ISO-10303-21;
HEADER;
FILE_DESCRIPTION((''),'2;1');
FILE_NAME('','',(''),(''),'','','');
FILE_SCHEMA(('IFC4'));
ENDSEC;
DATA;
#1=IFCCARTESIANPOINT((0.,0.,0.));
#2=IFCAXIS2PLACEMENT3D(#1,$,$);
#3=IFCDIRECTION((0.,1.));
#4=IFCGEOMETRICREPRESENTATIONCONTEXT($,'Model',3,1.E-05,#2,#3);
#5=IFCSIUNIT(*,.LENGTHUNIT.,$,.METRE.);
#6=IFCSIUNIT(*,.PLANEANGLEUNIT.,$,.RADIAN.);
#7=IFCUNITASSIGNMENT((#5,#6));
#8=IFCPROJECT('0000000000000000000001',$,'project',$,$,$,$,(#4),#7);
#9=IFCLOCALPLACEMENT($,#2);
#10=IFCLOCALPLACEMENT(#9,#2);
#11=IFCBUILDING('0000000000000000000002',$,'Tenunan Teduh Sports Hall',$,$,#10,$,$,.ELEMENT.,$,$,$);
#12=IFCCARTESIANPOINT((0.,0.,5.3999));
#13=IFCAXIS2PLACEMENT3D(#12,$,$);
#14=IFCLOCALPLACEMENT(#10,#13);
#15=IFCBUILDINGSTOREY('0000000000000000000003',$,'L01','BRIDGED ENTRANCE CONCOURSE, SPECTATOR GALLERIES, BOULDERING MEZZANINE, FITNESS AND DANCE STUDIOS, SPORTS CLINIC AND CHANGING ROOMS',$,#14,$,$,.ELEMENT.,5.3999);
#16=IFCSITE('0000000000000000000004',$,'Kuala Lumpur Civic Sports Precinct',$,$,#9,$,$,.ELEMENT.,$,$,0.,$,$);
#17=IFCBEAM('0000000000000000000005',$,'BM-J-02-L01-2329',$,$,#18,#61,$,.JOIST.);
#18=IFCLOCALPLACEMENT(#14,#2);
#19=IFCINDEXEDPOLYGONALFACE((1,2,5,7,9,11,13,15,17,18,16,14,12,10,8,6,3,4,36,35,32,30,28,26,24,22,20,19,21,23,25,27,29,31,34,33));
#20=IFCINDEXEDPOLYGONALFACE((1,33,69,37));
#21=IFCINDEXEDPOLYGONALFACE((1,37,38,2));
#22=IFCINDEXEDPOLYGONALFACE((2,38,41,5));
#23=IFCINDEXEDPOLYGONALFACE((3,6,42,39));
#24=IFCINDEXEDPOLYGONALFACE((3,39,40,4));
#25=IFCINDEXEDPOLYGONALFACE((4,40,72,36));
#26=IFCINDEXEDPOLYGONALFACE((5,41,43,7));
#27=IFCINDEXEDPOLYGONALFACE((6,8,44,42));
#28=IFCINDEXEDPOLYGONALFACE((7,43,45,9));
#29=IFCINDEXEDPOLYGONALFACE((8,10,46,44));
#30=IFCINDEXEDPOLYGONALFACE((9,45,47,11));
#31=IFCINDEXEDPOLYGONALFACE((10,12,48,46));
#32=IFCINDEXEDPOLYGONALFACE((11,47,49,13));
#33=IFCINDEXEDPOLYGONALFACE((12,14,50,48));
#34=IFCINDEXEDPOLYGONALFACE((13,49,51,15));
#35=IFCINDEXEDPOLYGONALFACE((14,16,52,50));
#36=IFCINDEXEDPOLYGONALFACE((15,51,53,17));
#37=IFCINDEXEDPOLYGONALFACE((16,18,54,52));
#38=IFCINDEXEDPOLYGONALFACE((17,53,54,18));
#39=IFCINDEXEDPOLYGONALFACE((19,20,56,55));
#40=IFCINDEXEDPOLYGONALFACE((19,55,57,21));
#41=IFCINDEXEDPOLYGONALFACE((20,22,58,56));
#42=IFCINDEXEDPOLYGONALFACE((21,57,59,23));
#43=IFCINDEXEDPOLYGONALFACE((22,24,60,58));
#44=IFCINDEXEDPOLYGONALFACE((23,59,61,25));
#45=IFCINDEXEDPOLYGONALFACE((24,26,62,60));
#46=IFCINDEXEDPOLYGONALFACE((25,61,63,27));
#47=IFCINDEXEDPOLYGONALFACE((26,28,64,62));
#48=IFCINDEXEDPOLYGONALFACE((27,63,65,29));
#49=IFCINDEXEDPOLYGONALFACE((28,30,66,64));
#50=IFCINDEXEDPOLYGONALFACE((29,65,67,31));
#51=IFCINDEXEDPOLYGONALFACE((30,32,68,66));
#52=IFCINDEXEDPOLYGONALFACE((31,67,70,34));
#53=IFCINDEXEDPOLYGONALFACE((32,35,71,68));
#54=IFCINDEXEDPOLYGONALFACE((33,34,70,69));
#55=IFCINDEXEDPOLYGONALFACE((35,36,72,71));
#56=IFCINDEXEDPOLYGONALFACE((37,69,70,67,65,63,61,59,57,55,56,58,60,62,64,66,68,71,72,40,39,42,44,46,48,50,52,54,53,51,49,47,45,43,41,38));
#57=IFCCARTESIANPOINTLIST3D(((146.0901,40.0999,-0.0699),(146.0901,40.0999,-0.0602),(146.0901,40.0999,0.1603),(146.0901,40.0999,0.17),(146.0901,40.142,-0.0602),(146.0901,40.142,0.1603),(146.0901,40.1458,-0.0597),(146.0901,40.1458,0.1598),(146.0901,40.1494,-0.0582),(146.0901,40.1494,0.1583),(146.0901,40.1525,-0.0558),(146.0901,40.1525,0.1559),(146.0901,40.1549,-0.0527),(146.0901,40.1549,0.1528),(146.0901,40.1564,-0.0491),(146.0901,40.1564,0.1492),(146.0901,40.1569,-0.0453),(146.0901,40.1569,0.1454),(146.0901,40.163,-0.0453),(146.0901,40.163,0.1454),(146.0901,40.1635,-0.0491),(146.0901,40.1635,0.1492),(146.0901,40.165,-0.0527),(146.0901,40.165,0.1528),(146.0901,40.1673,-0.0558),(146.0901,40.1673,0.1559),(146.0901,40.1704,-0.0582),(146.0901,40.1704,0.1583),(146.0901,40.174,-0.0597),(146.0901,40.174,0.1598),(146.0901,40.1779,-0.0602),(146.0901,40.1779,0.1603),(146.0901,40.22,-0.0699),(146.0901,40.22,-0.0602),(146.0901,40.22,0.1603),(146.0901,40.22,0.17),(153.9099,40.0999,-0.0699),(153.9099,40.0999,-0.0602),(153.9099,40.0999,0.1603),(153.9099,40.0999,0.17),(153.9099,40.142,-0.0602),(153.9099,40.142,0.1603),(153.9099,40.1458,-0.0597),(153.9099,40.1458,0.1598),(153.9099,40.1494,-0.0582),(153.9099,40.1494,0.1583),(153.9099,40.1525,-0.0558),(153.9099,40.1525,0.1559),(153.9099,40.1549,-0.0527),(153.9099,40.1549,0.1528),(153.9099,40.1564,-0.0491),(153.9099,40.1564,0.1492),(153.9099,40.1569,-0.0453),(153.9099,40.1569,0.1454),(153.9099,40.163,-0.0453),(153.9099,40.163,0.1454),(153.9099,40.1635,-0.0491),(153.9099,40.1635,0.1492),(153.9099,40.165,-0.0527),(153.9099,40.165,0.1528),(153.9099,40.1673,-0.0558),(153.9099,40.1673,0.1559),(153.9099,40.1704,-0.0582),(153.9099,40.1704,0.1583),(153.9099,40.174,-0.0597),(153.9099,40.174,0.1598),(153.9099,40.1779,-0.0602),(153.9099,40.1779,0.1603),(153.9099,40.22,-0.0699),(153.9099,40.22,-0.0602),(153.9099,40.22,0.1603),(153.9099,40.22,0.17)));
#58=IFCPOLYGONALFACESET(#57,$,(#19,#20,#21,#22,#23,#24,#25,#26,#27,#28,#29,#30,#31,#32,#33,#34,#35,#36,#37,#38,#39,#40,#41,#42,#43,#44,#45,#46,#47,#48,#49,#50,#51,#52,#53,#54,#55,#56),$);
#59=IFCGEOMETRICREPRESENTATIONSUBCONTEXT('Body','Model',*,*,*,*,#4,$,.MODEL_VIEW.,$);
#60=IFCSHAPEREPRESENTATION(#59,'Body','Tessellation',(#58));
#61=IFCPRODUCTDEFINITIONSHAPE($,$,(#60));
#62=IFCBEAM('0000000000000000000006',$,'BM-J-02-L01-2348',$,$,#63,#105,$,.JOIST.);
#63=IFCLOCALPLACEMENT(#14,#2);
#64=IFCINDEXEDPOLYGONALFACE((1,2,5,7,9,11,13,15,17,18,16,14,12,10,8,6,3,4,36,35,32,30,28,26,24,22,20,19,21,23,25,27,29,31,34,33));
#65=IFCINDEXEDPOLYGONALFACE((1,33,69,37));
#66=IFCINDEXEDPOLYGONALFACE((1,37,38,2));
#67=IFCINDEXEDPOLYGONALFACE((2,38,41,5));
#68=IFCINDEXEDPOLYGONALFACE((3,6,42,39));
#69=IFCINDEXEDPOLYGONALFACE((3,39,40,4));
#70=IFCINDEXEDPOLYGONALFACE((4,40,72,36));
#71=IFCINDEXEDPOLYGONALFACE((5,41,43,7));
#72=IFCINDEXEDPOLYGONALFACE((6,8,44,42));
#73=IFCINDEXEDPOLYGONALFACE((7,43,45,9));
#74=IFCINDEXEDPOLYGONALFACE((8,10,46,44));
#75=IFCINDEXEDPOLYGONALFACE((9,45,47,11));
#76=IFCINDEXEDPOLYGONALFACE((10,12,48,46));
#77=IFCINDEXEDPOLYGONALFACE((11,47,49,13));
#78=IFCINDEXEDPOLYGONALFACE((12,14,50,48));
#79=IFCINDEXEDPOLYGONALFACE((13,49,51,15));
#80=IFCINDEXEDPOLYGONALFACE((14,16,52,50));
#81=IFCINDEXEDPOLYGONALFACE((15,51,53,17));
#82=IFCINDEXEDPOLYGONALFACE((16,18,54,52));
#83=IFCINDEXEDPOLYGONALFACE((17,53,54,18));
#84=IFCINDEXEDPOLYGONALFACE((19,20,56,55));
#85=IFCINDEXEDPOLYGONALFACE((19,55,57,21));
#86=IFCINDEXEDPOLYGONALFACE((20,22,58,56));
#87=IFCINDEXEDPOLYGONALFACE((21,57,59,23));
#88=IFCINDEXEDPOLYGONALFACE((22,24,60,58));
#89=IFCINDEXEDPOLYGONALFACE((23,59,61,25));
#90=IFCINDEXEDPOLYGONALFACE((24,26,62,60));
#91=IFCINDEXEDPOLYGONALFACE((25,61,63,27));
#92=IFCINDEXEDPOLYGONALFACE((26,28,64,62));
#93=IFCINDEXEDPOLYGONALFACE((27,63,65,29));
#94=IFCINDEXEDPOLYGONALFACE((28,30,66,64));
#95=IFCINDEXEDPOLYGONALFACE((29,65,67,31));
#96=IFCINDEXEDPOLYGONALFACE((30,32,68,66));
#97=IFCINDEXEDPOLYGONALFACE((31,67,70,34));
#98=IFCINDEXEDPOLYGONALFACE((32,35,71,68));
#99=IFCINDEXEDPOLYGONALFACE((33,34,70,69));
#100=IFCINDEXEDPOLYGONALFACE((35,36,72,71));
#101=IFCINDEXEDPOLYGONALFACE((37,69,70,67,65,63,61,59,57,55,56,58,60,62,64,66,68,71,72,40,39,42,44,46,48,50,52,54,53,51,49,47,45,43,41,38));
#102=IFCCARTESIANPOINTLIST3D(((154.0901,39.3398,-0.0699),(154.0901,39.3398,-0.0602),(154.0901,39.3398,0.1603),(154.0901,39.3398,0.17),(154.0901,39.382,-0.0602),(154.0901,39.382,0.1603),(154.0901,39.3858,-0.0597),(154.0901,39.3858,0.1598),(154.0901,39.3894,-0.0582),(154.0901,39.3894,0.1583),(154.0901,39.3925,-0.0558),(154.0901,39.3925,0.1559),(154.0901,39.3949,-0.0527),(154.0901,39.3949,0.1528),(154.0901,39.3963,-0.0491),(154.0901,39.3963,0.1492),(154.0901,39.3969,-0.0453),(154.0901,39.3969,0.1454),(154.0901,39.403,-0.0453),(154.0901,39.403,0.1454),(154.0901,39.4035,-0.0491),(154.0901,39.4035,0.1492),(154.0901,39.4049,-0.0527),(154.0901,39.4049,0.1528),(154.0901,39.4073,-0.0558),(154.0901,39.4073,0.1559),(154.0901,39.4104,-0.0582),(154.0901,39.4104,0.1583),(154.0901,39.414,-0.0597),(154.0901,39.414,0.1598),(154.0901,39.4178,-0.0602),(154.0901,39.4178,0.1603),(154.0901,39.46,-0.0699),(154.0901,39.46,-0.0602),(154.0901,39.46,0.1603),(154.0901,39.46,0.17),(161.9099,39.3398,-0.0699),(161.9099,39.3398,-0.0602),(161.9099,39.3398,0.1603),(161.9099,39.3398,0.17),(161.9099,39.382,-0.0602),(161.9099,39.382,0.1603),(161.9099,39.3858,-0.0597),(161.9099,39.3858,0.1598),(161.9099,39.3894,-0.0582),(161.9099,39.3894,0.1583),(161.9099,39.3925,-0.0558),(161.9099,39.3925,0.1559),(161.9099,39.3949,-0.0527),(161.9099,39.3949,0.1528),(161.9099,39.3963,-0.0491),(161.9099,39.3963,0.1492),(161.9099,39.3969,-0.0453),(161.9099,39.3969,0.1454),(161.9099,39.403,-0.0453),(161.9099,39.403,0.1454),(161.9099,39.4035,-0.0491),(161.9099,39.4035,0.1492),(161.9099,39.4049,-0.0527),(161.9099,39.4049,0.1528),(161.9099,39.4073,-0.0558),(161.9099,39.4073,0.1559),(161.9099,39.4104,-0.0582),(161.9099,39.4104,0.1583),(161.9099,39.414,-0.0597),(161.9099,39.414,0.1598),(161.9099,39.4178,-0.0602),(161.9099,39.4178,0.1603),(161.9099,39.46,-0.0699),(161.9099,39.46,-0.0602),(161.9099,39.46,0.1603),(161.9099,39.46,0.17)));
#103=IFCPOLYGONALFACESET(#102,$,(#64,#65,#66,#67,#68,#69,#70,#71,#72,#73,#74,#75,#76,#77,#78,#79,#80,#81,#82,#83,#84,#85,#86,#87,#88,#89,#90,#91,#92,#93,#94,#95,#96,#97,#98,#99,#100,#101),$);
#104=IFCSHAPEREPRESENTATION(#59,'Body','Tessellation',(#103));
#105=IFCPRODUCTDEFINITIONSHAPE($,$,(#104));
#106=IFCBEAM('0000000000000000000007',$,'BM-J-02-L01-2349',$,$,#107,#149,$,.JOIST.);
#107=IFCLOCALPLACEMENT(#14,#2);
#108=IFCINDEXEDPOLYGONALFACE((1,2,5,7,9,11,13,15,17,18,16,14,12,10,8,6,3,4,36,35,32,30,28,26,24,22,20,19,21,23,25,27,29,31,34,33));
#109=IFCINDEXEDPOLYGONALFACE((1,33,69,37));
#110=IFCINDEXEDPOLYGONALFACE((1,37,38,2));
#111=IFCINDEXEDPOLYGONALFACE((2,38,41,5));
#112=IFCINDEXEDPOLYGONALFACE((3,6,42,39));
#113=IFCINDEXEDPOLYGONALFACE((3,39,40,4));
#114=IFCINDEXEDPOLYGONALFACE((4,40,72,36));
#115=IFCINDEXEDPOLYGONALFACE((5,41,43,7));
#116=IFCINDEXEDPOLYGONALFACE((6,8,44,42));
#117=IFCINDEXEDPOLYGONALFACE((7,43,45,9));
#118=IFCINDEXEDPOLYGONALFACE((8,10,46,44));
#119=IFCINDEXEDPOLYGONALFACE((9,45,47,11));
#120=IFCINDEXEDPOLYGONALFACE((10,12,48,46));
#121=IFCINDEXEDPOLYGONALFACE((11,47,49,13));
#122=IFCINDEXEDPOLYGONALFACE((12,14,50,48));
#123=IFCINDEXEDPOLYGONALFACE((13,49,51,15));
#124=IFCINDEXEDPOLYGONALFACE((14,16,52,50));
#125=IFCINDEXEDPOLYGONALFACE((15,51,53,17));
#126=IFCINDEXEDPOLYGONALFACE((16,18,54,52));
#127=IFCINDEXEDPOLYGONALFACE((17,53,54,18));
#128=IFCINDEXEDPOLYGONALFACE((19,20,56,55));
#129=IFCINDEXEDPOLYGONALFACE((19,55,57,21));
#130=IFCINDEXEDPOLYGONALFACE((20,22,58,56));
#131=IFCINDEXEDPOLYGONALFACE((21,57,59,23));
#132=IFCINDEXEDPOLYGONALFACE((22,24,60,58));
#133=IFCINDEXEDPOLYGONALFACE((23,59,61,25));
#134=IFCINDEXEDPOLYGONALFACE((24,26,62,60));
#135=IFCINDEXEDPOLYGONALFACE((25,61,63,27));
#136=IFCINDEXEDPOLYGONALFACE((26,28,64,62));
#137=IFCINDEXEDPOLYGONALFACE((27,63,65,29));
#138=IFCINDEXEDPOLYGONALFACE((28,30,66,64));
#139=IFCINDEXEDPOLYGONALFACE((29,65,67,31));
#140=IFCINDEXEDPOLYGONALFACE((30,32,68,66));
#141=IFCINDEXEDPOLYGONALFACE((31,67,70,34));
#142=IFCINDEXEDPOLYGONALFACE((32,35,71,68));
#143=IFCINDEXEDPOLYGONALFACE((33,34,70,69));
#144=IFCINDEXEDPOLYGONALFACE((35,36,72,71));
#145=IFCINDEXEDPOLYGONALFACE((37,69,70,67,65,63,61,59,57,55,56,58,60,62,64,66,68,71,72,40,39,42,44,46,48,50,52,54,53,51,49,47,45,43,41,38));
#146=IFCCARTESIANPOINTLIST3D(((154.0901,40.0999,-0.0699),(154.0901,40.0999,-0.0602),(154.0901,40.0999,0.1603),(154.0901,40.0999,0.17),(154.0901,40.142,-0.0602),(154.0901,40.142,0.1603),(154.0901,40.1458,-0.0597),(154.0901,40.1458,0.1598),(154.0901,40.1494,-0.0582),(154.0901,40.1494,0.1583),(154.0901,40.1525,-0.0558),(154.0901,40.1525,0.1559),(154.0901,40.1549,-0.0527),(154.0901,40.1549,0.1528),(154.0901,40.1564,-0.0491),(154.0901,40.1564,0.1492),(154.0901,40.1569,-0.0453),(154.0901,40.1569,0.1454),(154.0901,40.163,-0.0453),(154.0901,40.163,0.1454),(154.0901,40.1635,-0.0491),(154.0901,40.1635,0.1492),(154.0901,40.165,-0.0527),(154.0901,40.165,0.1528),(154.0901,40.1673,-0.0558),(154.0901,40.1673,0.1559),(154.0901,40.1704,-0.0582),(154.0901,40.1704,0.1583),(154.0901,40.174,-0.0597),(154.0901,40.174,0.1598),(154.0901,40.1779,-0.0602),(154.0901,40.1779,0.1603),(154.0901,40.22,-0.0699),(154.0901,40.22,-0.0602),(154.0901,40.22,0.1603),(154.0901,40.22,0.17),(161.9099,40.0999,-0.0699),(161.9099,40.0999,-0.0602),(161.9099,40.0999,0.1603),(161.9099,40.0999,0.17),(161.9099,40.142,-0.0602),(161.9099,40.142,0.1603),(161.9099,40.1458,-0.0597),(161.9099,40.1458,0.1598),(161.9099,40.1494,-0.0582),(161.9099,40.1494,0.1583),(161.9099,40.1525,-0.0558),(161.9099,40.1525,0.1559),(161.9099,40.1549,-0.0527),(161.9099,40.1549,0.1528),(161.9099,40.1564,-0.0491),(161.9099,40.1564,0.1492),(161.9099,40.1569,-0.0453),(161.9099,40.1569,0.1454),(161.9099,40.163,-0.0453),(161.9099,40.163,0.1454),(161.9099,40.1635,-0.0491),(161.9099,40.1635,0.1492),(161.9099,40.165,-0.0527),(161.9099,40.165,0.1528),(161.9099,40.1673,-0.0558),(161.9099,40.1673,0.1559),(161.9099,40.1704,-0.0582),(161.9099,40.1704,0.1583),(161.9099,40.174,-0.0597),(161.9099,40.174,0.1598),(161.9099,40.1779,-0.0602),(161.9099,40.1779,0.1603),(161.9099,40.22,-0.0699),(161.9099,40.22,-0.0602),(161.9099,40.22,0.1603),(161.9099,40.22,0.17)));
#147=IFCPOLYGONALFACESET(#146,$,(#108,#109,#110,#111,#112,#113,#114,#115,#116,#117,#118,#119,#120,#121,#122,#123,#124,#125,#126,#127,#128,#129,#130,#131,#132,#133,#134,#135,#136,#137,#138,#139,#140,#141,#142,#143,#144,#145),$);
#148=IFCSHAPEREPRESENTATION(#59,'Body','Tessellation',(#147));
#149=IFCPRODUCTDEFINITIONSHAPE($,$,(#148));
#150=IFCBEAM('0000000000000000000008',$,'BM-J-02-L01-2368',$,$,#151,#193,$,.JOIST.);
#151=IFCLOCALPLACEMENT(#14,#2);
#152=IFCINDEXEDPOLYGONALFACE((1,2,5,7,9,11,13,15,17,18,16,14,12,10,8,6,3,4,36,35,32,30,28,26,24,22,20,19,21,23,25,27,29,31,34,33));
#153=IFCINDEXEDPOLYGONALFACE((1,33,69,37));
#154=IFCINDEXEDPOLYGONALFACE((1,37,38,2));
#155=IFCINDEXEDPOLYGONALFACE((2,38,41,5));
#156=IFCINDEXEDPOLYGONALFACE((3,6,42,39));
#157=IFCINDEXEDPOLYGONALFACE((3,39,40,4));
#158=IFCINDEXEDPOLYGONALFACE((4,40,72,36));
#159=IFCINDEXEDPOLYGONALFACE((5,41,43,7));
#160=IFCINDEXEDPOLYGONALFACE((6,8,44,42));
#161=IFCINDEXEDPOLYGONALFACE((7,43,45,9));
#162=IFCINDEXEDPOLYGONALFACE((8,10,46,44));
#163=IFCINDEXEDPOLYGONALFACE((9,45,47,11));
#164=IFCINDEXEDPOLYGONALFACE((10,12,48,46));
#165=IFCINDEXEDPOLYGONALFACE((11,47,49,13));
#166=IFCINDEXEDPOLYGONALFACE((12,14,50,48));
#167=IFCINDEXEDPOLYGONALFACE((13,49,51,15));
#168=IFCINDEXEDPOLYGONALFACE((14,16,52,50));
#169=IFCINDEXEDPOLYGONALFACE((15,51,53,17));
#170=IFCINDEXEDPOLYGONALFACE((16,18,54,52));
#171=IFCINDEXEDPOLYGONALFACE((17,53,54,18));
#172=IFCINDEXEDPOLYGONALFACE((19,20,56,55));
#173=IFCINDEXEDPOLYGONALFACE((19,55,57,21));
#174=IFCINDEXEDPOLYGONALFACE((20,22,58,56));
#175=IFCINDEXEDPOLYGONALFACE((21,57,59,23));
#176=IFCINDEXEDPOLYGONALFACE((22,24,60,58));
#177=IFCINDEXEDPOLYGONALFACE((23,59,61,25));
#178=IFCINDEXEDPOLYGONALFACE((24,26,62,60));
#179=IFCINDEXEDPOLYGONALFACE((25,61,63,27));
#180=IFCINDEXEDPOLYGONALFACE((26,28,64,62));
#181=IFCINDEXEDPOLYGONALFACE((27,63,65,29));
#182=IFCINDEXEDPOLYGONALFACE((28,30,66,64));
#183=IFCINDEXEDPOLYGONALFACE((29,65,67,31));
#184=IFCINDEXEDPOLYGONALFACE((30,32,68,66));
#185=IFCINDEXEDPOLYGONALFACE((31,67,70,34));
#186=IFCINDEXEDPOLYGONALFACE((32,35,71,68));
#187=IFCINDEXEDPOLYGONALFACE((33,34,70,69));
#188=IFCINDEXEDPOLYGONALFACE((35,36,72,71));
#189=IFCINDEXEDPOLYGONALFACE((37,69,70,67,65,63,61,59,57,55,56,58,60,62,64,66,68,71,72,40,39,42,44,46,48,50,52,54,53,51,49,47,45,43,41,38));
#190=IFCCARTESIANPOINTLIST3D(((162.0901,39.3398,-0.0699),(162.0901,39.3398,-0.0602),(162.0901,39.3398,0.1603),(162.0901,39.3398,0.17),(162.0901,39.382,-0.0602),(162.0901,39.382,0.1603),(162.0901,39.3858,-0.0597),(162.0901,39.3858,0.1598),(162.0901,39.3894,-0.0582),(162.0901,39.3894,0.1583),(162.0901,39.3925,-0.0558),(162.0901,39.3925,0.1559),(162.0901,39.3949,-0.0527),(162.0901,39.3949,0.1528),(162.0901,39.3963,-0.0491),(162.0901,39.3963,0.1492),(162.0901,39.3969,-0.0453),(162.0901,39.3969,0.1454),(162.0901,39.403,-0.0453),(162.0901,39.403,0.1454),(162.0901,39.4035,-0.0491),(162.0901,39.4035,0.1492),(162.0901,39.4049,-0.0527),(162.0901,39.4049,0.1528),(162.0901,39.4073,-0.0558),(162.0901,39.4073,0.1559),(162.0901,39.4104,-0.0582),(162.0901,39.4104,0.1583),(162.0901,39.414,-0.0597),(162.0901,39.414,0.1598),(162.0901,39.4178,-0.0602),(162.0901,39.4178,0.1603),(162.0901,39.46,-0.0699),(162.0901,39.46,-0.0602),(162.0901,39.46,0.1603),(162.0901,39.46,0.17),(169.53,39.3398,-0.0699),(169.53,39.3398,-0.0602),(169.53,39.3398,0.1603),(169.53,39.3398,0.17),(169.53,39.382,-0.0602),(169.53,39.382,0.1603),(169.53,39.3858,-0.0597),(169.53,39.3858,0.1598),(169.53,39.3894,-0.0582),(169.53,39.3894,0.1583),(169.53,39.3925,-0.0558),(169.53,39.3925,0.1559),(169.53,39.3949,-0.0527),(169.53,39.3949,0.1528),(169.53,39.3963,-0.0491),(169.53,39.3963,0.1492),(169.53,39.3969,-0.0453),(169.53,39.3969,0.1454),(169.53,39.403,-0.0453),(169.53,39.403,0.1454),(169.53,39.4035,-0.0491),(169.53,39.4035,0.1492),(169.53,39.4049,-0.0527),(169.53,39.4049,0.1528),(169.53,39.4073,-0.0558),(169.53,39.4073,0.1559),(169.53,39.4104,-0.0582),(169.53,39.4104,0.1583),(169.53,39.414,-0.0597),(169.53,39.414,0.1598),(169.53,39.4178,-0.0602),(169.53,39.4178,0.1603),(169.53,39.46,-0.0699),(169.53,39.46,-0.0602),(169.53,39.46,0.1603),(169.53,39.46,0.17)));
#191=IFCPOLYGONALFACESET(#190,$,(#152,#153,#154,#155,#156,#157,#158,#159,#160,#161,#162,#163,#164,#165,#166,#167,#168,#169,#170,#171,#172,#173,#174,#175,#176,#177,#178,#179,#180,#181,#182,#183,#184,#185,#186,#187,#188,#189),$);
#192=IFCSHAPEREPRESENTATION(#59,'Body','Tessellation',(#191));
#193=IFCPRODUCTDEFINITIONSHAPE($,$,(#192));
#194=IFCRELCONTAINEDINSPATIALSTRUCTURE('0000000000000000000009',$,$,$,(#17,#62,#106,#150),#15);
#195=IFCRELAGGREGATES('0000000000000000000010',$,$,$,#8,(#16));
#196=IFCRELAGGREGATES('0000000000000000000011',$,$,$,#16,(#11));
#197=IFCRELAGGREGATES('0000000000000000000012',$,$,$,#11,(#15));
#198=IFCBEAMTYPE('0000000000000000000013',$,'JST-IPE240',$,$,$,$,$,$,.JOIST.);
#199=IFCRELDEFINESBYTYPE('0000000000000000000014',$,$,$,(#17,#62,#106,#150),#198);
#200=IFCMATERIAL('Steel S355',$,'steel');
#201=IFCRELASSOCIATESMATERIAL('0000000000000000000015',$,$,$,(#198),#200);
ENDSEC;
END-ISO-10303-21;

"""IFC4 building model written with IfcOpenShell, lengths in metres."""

from ifc_helpers import new_model, si_unit, direction, frame, origin, origin_2d, place, context, subcontext, project, spatial, i_section, extrude, material, material_profile, profile_set, type_object, element, save


model = new_model("IFC4")

# Units and contexts
model_context = context("Model", 3, precision=1e-05, world=origin(), true_north=direction((0.0, 1.0)))
body_context = subcontext(model_context, "Body", "Model", "MODEL_VIEW")
ifc_project = project(units=[si_unit("LENGTHUNIT", "METRE"), si_unit("PLANEANGLEUNIT", "RADIAN")], contexts=[model_context])

# Site, building, storey
site_placement = place(None, origin())
site = spatial("IfcSite", under=ifc_project, at=site_placement, Name="Kuala Lumpur Civic Sports Precinct", CompositionType="ELEMENT", RefElevation=0.0)
building_placement = place(site_placement, origin())
building = spatial("IfcBuilding", under=site, at=building_placement, Name="Tenunan Teduh Sports Hall", CompositionType="ELEMENT")
storey_placement = place(building_placement, frame((0.0, 0.0, 5.3999)))
storey = spatial("IfcBuildingStorey", under=building, at=storey_placement, Name="L01", Description="BRIDGED ENTRANCE CONCOURSE, SPECTATOR GALLERIES, BOULDERING MEZZANINE, FITNESS AND DANCE STUDIOS, SPORTS CLINIC AND CHANGING ROOMS", CompositionType="ELEMENT", Elevation=5.3999)

# Beams
ifc_material_1 = material(Name="Steel S355", Category="steel")
ifc_material_profile_1 = material_profile(ifc_material_1, i_section(OverallWidth=0.1201, OverallDepth=0.24, WebThickness=0.0061, FlangeThickness=0.0098, FilletRadius=0.0149, at=origin_2d()), Name="IPE 240")
ifc_profile_set_1 = profile_set([ifc_material_profile_1], Name="Steel S355")
beam_type_1 = type_object("IfcBeamType", Name="JST-IPE240", PredefinedType="JOIST", material=ifc_profile_set_1)
for number, where, z_axis, x_axis, name in (
    (1, (146.0901, 40.1599, 0.05), (1.0, 0.0, 0.0), (0.0, 1.0, 0.0), "BM-J-02-L01-2329"),
    (2, (154.0901, 39.3999, 0.05), (1.0, 0.0, 0.0), (0.0, 1.0, 0.0), "BM-J-02-L01-2348"),
    (3, (154.0901, 40.1599, 0.05), (1.0, 0.0, 0.0), (0.0, 1.0, 0.0), "BM-J-02-L01-2349"),
):
    element("IfcBeam", number, at=place(storey_placement, frame(where, z_axis=z_axis, x_axis=x_axis)), inside=storey, type_object=beam_type_1, Name=name, PredefinedType="JOIST", context=body_context, shape_type="SweptSolid", body=[
        extrude(i_section(OverallWidth=0.1201, OverallDepth=0.24, WebThickness=0.0061, FlangeThickness=0.0098, FilletRadius=0.0149, at=origin_2d()), origin(), (0.0, 0.0, 1.0), 7.8198),
    ])
beam_1_placement = place(storey_placement, frame((162.0901, 39.3999, 0.05), z_axis=(1.0, 0.0, 0.0), x_axis=(0.0, 1.0, 0.0)))
element("IfcBeam", 4, at=beam_1_placement, inside=storey, type_object=beam_type_1, Name="BM-J-02-L01-2368", PredefinedType="JOIST", context=body_context, shape_type="SweptSolid", body=[
    extrude(i_section(OverallWidth=0.1201, OverallDepth=0.24, WebThickness=0.0061, FlangeThickness=0.0098, FilletRadius=0.0149, at=origin_2d()), origin(), (0.0, 0.0, 1.0), 7.4399),
])

save(model, "model.ifc")
